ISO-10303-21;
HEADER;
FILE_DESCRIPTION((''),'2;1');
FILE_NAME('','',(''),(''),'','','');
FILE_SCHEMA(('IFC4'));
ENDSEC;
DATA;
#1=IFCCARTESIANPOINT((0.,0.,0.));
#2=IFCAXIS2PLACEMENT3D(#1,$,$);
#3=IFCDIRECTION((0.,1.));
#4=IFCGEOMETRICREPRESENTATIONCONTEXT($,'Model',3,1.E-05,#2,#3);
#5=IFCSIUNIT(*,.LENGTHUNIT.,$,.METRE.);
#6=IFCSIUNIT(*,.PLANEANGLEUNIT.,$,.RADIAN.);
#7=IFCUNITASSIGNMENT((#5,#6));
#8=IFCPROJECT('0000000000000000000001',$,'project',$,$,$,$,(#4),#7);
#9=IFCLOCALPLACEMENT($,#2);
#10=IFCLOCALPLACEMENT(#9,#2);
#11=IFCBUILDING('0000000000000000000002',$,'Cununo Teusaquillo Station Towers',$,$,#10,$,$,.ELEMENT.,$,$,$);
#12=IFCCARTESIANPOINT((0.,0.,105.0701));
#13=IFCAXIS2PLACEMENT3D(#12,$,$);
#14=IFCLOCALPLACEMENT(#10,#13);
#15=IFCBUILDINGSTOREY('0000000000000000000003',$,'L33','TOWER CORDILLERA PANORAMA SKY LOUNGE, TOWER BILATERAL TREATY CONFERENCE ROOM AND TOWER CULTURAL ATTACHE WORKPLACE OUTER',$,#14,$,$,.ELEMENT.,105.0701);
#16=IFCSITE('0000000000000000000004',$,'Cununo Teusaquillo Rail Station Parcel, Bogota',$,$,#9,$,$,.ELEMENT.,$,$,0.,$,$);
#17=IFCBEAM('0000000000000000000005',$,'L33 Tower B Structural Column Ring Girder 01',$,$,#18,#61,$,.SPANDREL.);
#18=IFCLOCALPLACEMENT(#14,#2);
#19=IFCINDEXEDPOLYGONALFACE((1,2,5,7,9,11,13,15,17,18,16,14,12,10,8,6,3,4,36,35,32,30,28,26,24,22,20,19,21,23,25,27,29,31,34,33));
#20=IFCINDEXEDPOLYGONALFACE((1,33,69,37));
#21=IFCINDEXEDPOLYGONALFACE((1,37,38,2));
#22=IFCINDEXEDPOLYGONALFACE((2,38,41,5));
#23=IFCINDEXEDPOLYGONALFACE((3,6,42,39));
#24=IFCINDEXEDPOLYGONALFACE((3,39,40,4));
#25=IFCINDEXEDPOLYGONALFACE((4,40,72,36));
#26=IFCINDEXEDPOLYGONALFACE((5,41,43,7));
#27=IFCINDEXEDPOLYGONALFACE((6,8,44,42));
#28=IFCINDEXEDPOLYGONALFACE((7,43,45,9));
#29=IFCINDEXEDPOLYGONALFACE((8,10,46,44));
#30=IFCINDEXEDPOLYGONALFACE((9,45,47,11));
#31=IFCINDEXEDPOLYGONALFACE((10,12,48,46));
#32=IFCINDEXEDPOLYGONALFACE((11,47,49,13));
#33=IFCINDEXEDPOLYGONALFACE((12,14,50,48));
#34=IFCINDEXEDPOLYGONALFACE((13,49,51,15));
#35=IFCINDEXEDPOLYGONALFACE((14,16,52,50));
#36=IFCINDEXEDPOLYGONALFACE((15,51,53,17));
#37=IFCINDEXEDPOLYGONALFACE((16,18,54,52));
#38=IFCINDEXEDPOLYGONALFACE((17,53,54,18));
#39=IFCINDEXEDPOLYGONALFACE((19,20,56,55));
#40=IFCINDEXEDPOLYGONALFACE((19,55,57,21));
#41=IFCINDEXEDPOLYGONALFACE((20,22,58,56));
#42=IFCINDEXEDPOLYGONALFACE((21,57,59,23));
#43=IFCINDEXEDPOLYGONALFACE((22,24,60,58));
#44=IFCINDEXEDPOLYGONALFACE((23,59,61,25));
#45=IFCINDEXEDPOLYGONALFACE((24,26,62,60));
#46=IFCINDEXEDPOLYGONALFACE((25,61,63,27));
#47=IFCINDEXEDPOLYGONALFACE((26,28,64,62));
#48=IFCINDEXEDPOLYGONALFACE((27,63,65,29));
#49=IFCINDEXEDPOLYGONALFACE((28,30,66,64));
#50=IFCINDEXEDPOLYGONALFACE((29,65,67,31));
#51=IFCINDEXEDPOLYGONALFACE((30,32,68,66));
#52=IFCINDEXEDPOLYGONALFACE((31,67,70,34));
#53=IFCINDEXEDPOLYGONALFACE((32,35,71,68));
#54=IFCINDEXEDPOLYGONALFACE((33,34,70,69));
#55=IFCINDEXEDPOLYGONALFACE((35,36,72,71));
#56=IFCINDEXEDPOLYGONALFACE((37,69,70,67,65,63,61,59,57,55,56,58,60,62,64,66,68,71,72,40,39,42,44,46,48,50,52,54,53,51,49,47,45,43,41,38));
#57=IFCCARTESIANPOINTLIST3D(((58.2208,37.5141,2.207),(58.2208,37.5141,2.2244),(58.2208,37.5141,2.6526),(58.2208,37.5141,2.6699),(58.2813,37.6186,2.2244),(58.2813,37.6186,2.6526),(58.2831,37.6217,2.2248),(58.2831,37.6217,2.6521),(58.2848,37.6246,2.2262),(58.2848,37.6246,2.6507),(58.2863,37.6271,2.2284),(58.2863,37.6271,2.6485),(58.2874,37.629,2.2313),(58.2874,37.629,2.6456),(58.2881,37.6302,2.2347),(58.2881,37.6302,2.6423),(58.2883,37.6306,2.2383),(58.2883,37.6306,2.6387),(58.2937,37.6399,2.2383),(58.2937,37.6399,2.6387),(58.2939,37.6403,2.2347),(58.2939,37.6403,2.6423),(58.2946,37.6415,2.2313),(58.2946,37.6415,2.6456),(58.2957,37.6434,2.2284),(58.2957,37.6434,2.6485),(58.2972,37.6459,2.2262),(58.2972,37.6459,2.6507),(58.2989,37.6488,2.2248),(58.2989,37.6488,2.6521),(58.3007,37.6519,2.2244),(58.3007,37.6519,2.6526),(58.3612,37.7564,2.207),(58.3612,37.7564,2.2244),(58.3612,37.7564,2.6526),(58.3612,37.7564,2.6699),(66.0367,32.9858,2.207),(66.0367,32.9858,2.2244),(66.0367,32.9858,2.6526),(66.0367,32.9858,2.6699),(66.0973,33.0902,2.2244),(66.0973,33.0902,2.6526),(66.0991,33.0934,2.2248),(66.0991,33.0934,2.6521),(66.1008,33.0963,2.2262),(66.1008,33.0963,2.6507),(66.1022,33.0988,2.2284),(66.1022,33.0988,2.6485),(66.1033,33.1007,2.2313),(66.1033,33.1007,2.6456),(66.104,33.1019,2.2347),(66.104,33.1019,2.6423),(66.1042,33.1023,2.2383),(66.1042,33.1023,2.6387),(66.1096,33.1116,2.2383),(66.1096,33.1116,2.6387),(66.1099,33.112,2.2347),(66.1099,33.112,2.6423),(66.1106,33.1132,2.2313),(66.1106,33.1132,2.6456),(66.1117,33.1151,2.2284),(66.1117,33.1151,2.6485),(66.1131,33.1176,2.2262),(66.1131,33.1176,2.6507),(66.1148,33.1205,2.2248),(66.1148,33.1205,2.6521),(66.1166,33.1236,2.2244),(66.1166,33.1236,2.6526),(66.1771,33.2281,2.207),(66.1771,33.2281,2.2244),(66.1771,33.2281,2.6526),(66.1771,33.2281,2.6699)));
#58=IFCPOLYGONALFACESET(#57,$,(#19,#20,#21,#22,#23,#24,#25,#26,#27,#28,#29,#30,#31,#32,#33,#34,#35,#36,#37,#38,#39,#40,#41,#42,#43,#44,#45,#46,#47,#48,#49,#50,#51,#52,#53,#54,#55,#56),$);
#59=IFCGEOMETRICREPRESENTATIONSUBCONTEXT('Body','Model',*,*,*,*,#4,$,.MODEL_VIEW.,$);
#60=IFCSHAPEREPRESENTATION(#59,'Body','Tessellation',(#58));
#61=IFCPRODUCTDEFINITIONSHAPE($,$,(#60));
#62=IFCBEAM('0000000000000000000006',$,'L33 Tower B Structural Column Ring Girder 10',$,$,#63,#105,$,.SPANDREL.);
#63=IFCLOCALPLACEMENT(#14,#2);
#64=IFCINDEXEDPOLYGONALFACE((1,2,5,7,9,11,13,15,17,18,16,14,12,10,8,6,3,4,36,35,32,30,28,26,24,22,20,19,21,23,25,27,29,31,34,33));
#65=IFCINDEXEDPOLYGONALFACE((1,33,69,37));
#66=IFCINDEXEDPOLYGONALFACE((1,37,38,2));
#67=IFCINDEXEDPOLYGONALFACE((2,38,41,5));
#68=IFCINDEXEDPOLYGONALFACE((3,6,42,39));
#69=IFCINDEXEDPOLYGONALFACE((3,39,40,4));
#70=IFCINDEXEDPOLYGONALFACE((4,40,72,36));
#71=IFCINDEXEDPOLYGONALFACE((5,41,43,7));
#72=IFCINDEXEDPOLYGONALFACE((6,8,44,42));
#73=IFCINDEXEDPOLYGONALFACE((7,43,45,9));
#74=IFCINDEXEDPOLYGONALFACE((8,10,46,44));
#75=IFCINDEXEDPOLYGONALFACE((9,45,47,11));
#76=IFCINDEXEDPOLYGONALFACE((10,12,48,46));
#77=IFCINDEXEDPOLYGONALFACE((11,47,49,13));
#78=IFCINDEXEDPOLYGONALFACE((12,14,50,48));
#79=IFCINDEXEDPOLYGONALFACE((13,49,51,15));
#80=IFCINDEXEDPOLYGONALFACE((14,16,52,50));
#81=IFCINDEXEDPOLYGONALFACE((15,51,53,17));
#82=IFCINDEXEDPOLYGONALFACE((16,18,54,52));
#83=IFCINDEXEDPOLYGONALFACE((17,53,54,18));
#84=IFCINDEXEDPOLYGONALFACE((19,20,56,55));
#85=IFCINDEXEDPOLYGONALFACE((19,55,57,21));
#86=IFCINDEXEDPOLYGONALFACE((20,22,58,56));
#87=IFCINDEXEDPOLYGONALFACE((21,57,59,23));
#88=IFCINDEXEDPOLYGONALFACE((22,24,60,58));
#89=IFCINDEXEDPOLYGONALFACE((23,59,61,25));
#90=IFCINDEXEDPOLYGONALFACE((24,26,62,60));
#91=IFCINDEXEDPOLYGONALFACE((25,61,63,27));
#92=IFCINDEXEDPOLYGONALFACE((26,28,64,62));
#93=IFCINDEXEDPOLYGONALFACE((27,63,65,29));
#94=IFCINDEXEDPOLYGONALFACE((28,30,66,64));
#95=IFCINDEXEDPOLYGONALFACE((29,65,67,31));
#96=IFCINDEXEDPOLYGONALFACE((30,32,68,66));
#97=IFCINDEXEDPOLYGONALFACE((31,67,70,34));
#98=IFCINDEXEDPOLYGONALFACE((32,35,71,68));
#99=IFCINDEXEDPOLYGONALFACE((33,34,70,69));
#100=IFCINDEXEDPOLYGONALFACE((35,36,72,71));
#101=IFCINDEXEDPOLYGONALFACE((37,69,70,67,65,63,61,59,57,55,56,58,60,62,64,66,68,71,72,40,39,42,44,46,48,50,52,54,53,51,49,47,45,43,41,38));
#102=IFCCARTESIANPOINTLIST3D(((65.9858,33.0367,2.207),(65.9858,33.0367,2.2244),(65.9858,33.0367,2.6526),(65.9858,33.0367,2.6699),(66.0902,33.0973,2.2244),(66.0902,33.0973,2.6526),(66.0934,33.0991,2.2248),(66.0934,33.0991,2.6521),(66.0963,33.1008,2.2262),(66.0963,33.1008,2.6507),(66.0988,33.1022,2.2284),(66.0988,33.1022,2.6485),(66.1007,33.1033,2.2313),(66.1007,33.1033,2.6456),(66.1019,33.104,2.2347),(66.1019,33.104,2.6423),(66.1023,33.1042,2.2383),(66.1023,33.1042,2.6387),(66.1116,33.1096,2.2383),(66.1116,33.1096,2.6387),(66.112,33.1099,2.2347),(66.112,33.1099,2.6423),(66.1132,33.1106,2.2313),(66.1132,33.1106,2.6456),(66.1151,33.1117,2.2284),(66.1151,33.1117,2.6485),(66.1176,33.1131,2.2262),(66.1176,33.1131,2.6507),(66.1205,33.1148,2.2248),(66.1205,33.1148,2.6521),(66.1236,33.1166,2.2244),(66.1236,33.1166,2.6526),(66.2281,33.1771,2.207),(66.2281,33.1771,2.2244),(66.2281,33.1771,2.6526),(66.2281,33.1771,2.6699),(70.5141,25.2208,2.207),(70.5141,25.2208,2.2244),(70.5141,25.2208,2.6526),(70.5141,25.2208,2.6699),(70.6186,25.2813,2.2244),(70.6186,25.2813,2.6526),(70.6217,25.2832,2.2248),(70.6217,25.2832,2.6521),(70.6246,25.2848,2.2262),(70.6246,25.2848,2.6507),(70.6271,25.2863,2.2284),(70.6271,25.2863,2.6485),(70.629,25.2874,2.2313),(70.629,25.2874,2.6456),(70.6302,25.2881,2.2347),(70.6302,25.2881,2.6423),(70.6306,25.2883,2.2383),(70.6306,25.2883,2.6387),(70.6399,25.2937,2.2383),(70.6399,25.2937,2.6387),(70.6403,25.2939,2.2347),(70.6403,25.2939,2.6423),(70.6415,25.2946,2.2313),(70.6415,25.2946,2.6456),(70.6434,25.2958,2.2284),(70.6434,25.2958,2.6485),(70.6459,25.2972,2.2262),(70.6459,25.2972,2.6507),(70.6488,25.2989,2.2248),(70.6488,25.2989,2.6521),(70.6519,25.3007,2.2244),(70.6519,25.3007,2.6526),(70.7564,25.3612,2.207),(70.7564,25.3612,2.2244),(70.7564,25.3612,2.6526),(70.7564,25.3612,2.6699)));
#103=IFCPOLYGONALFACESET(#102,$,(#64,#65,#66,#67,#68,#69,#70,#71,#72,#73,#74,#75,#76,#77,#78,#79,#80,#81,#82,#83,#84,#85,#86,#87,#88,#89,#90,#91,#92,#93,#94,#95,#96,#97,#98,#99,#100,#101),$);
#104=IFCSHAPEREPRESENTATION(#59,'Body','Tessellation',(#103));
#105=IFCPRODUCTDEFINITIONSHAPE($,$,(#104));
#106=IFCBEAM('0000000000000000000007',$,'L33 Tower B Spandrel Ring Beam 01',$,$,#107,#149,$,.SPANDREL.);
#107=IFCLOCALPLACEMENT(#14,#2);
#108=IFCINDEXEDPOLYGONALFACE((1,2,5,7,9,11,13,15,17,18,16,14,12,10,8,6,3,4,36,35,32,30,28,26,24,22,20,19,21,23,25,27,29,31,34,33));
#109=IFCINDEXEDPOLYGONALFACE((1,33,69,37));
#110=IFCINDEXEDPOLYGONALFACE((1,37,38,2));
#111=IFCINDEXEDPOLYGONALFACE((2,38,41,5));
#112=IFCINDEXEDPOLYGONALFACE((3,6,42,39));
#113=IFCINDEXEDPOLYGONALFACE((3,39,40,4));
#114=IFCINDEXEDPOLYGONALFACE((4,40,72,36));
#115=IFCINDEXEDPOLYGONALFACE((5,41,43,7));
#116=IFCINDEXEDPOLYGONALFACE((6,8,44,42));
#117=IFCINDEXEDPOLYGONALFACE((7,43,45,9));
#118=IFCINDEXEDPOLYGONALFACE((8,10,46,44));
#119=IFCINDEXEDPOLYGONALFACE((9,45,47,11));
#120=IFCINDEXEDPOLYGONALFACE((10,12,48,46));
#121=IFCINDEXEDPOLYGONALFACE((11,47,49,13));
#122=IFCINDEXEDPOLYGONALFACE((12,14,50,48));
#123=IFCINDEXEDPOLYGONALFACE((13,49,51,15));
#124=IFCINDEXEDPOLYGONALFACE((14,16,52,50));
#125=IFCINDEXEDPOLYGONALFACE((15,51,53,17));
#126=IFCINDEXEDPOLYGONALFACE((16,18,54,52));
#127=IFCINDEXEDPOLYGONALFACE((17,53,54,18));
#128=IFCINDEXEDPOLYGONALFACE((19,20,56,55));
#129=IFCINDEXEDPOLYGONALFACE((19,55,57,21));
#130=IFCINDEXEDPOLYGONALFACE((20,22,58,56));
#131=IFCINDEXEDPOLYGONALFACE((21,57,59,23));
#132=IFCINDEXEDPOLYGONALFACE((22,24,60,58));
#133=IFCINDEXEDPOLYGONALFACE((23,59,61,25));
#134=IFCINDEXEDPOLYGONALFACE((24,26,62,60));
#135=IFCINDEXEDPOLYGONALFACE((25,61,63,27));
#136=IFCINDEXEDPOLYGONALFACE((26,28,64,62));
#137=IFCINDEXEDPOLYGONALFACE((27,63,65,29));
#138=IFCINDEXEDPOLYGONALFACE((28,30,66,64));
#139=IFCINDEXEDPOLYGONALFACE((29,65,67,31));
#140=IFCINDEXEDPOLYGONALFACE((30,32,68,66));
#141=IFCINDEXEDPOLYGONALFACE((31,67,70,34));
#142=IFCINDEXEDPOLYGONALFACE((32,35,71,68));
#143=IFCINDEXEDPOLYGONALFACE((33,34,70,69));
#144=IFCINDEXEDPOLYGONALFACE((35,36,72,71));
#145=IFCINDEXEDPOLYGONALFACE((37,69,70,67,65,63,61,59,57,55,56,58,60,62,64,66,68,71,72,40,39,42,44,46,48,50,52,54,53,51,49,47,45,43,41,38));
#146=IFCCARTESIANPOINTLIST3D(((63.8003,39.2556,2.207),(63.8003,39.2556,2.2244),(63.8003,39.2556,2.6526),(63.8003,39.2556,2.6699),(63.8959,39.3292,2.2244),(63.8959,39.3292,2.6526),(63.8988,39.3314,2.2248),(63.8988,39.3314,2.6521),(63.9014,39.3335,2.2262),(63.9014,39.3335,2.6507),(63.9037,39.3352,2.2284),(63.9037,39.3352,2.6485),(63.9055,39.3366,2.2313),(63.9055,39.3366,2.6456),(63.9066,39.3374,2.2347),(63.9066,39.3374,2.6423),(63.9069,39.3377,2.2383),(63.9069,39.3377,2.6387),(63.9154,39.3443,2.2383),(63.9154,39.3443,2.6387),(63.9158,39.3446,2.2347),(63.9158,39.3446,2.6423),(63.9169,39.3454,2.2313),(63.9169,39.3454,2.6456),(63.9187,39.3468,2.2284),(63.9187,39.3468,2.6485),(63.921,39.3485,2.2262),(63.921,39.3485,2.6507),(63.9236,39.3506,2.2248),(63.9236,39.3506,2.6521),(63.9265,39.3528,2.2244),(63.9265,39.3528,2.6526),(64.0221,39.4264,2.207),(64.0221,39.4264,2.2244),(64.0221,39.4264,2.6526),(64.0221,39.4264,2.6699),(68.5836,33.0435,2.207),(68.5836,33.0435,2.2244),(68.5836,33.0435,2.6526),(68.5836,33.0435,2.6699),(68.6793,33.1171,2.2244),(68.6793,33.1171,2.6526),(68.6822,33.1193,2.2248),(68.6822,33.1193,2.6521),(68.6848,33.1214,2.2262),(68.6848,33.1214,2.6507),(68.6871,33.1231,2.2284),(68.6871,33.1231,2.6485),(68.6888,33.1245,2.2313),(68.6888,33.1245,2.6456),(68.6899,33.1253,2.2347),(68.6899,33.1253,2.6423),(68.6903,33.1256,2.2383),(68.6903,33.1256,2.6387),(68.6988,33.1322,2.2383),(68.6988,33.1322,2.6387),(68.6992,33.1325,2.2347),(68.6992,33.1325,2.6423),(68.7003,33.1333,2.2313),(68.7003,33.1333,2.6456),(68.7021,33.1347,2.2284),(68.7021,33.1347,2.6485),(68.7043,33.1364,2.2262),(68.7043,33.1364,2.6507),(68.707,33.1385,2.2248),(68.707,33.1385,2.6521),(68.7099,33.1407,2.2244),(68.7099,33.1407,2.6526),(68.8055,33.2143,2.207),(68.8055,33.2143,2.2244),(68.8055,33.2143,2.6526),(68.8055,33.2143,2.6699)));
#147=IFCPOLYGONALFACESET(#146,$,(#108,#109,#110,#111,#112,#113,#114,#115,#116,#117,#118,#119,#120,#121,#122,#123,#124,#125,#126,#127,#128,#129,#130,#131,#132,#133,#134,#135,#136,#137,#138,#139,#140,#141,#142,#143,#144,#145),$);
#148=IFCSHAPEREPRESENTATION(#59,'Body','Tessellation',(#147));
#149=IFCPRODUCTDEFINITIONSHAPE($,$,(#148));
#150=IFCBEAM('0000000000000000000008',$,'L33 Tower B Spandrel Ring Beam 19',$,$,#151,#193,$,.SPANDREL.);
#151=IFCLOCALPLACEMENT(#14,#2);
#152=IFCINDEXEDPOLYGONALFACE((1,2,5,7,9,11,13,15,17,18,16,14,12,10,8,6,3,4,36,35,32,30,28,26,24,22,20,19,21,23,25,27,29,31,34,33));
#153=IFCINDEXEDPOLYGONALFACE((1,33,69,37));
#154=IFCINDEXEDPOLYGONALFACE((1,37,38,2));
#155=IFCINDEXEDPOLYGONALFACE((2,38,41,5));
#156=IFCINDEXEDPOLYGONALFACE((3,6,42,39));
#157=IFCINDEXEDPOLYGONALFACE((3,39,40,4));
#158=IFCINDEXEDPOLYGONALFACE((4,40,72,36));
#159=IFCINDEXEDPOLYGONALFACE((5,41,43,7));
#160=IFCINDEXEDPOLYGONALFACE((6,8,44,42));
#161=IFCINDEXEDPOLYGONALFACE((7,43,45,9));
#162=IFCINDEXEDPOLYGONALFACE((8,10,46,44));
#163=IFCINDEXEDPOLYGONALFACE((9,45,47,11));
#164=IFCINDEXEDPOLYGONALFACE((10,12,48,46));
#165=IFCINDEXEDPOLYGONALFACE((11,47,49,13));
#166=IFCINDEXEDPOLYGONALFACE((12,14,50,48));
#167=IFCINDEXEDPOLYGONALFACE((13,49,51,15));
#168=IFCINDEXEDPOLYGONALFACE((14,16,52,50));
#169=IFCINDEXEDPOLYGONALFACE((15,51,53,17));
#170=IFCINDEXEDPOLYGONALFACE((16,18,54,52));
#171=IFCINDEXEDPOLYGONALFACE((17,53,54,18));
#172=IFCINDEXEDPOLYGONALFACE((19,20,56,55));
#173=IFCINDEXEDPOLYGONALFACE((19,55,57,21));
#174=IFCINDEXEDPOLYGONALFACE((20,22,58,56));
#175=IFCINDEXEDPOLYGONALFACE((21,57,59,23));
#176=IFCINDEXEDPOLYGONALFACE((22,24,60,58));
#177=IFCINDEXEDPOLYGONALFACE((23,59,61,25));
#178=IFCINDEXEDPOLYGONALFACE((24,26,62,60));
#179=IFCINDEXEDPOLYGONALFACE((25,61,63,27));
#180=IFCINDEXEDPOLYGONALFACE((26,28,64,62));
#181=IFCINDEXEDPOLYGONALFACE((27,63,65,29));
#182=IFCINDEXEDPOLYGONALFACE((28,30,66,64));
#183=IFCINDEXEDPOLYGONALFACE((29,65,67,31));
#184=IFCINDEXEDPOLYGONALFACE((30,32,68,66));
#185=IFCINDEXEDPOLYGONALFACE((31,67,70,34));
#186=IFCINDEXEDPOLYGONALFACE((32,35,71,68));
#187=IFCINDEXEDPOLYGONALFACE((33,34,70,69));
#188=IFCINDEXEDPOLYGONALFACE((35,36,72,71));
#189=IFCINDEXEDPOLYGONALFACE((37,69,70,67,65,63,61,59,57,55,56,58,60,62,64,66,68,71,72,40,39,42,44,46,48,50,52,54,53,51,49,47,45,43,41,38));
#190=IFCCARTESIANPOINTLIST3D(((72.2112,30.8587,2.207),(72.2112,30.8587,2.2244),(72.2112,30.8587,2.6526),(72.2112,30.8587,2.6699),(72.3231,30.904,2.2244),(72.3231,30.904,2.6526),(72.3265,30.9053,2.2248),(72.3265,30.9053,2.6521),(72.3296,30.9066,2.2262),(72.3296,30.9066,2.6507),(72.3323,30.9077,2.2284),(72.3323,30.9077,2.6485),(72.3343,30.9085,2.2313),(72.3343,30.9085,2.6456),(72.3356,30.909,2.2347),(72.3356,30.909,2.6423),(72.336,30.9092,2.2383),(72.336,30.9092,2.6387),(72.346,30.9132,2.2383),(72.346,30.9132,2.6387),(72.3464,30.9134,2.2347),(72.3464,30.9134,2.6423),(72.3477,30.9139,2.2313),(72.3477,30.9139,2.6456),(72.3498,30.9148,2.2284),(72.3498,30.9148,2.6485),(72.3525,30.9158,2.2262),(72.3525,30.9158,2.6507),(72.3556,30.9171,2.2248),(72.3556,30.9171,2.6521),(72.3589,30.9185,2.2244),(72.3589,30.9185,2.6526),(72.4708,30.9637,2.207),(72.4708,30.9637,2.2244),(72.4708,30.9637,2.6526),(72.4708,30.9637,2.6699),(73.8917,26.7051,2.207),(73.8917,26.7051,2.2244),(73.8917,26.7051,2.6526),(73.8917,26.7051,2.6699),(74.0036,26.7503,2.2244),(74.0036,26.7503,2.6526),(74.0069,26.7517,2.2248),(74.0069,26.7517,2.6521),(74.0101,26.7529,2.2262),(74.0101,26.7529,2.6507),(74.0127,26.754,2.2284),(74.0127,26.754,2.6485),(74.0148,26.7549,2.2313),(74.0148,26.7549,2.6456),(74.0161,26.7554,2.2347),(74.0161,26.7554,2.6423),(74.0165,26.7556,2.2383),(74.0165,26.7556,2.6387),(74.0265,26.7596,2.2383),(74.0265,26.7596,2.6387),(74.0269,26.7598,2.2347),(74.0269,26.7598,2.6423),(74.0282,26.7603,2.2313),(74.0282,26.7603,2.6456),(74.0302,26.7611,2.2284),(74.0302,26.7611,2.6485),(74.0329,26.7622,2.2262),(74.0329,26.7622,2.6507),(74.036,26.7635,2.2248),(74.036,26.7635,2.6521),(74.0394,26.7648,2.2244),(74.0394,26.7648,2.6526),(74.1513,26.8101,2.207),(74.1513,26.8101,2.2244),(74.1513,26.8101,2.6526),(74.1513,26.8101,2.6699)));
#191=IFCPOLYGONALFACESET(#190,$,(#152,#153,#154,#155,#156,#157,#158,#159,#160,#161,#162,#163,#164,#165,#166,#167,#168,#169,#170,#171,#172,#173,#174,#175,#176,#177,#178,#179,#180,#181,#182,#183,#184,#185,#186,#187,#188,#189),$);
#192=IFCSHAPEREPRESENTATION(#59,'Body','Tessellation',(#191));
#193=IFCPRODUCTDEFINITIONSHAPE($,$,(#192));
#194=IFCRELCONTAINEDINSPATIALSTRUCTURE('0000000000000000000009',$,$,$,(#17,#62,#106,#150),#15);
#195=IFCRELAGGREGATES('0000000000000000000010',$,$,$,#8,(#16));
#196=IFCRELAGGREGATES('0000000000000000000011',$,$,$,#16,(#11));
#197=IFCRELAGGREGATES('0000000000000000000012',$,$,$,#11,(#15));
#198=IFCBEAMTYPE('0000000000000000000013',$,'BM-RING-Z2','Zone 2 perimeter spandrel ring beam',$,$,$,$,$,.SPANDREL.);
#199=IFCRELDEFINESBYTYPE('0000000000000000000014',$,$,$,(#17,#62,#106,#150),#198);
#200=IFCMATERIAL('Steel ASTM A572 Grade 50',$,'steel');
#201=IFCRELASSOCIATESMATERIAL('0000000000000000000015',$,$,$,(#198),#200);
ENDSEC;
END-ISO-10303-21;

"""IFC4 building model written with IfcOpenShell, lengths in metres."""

from ifc_helpers import new_model, si_unit, direction, frame, origin, origin_2d, place, context, subcontext, project, spatial, i_section, extrude, material, material_profile, profile_set, type_object, element, save


model = new_model("IFC4")

# Units and contexts
model_context = context("Model", 3, precision=1e-05, world=origin(), true_north=direction((0.0, 1.0)))
body_context = subcontext(model_context, "Body", "Model", "MODEL_VIEW")
ifc_project = project(units=[si_unit("LENGTHUNIT", "METRE"), si_unit("PLANEANGLEUNIT", "RADIAN")], contexts=[model_context])

# Site, building, storey
site_placement = place(None, origin())
site = spatial("IfcSite", under=ifc_project, at=site_placement, Name="Cununo Teusaquillo Rail Station Parcel, Bogota", CompositionType="ELEMENT", RefElevation=0.0)
building_placement = place(site_placement, origin())
building = spatial("IfcBuilding", under=site, at=building_placement, Name="Cununo Teusaquillo Station Towers", CompositionType="ELEMENT")
storey_placement = place(building_placement, frame((0.0, 0.0, 105.0701)))
storey = spatial("IfcBuildingStorey", under=building, at=storey_placement, Name="L33", Description="TOWER CORDILLERA PANORAMA SKY LOUNGE, TOWER BILATERAL TREATY CONFERENCE ROOM AND TOWER CULTURAL ATTACHE WORKPLACE OUTER", CompositionType="ELEMENT", Elevation=105.0701)

# Beams
ifc_material_1 = material(Name="Steel ASTM A572 Grade 50", Category="steel")
ifc_material_profile_1 = material_profile(ifc_material_1, i_section(OverallWidth=0.28, OverallDepth=0.4629, WebThickness=0.0107, FlangeThickness=0.0173, FilletRadius=0.0139, at=origin_2d()), Name="W18X76")
ifc_profile_set_1 = profile_set([ifc_material_profile_1], Name="Steel ASTM A572 Grade 50")
beam_type_1 = type_object("IfcBeamType", Name="BM-RING-Z2", Description="Zone 2 perimeter spandrel ring beam", PredefinedType="SPANDREL", material=ifc_profile_set_1)
for number, where, z_axis, x_axis, name in (
    (1, (66.1069, 33.1069, 2.4385), (-0.865267, 0.501311, 0.0), (-0.501311, -0.865267, 0.0), "L33 Tower B Structural Column Ring Girder 01"),
    (2, (70.6353, 25.291, 2.4385), (-0.501311, 0.865267, 0.0), (-0.865267, -0.501311, 0.0), "L33 Tower B Structural Column Ring Girder 10"),
):
    element("IfcBeam", number, at=place(storey_placement, frame(where, z_axis=z_axis, x_axis=x_axis)), inside=storey, type_object=beam_type_1, Name=name, PredefinedType="SPANDREL", context=body_context, shape_type="SweptSolid", body=[
        extrude(i_section(OverallWidth=0.28, OverallDepth=0.4629, WebThickness=0.0107, FlangeThickness=0.0173, FilletRadius=0.0139, at=origin_2d()), origin(), (0.0, 0.0, 1.0), 9.033),
    ])
beam_1_placement = place(storey_placement, frame((68.6946, 33.1289, 2.4385), z_axis=(-0.6101, 0.792324, 0.0), x_axis=(-0.792324, -0.6101, 0.0)))
element("IfcBeam", 3, at=beam_1_placement, inside=storey, type_object=beam_type_1, Name="L33 Tower B Spandrel Ring Beam 01", PredefinedType="SPANDREL", context=body_context, shape_type="SweptSolid", body=[
    extrude(i_section(OverallWidth=0.28, OverallDepth=0.4629, WebThickness=0.0107, FlangeThickness=0.0173, FilletRadius=0.0139, at=origin_2d()), origin(), (0.0, 0.0, 1.0), 7.8403),
])
beam_2_placement = place(storey_placement, frame((74.0215, 26.7576, 2.4385), z_axis=(-0.375042, 0.927008, 0.0), x_axis=(-0.927008, -0.375042, 0.0)))
element("IfcBeam", 4, at=beam_2_placement, inside=storey, type_object=beam_type_1, Name="L33 Tower B Spandrel Ring Beam 19", PredefinedType="SPANDREL", context=body_context, shape_type="SweptSolid", body=[
    extrude(i_section(OverallWidth=0.28, OverallDepth=0.4629, WebThickness=0.0107, FlangeThickness=0.0173, FilletRadius=0.0139, at=origin_2d()), origin(), (0.0, 0.0, 1.0), 4.4807),
])

save(model, "model.ifc")
